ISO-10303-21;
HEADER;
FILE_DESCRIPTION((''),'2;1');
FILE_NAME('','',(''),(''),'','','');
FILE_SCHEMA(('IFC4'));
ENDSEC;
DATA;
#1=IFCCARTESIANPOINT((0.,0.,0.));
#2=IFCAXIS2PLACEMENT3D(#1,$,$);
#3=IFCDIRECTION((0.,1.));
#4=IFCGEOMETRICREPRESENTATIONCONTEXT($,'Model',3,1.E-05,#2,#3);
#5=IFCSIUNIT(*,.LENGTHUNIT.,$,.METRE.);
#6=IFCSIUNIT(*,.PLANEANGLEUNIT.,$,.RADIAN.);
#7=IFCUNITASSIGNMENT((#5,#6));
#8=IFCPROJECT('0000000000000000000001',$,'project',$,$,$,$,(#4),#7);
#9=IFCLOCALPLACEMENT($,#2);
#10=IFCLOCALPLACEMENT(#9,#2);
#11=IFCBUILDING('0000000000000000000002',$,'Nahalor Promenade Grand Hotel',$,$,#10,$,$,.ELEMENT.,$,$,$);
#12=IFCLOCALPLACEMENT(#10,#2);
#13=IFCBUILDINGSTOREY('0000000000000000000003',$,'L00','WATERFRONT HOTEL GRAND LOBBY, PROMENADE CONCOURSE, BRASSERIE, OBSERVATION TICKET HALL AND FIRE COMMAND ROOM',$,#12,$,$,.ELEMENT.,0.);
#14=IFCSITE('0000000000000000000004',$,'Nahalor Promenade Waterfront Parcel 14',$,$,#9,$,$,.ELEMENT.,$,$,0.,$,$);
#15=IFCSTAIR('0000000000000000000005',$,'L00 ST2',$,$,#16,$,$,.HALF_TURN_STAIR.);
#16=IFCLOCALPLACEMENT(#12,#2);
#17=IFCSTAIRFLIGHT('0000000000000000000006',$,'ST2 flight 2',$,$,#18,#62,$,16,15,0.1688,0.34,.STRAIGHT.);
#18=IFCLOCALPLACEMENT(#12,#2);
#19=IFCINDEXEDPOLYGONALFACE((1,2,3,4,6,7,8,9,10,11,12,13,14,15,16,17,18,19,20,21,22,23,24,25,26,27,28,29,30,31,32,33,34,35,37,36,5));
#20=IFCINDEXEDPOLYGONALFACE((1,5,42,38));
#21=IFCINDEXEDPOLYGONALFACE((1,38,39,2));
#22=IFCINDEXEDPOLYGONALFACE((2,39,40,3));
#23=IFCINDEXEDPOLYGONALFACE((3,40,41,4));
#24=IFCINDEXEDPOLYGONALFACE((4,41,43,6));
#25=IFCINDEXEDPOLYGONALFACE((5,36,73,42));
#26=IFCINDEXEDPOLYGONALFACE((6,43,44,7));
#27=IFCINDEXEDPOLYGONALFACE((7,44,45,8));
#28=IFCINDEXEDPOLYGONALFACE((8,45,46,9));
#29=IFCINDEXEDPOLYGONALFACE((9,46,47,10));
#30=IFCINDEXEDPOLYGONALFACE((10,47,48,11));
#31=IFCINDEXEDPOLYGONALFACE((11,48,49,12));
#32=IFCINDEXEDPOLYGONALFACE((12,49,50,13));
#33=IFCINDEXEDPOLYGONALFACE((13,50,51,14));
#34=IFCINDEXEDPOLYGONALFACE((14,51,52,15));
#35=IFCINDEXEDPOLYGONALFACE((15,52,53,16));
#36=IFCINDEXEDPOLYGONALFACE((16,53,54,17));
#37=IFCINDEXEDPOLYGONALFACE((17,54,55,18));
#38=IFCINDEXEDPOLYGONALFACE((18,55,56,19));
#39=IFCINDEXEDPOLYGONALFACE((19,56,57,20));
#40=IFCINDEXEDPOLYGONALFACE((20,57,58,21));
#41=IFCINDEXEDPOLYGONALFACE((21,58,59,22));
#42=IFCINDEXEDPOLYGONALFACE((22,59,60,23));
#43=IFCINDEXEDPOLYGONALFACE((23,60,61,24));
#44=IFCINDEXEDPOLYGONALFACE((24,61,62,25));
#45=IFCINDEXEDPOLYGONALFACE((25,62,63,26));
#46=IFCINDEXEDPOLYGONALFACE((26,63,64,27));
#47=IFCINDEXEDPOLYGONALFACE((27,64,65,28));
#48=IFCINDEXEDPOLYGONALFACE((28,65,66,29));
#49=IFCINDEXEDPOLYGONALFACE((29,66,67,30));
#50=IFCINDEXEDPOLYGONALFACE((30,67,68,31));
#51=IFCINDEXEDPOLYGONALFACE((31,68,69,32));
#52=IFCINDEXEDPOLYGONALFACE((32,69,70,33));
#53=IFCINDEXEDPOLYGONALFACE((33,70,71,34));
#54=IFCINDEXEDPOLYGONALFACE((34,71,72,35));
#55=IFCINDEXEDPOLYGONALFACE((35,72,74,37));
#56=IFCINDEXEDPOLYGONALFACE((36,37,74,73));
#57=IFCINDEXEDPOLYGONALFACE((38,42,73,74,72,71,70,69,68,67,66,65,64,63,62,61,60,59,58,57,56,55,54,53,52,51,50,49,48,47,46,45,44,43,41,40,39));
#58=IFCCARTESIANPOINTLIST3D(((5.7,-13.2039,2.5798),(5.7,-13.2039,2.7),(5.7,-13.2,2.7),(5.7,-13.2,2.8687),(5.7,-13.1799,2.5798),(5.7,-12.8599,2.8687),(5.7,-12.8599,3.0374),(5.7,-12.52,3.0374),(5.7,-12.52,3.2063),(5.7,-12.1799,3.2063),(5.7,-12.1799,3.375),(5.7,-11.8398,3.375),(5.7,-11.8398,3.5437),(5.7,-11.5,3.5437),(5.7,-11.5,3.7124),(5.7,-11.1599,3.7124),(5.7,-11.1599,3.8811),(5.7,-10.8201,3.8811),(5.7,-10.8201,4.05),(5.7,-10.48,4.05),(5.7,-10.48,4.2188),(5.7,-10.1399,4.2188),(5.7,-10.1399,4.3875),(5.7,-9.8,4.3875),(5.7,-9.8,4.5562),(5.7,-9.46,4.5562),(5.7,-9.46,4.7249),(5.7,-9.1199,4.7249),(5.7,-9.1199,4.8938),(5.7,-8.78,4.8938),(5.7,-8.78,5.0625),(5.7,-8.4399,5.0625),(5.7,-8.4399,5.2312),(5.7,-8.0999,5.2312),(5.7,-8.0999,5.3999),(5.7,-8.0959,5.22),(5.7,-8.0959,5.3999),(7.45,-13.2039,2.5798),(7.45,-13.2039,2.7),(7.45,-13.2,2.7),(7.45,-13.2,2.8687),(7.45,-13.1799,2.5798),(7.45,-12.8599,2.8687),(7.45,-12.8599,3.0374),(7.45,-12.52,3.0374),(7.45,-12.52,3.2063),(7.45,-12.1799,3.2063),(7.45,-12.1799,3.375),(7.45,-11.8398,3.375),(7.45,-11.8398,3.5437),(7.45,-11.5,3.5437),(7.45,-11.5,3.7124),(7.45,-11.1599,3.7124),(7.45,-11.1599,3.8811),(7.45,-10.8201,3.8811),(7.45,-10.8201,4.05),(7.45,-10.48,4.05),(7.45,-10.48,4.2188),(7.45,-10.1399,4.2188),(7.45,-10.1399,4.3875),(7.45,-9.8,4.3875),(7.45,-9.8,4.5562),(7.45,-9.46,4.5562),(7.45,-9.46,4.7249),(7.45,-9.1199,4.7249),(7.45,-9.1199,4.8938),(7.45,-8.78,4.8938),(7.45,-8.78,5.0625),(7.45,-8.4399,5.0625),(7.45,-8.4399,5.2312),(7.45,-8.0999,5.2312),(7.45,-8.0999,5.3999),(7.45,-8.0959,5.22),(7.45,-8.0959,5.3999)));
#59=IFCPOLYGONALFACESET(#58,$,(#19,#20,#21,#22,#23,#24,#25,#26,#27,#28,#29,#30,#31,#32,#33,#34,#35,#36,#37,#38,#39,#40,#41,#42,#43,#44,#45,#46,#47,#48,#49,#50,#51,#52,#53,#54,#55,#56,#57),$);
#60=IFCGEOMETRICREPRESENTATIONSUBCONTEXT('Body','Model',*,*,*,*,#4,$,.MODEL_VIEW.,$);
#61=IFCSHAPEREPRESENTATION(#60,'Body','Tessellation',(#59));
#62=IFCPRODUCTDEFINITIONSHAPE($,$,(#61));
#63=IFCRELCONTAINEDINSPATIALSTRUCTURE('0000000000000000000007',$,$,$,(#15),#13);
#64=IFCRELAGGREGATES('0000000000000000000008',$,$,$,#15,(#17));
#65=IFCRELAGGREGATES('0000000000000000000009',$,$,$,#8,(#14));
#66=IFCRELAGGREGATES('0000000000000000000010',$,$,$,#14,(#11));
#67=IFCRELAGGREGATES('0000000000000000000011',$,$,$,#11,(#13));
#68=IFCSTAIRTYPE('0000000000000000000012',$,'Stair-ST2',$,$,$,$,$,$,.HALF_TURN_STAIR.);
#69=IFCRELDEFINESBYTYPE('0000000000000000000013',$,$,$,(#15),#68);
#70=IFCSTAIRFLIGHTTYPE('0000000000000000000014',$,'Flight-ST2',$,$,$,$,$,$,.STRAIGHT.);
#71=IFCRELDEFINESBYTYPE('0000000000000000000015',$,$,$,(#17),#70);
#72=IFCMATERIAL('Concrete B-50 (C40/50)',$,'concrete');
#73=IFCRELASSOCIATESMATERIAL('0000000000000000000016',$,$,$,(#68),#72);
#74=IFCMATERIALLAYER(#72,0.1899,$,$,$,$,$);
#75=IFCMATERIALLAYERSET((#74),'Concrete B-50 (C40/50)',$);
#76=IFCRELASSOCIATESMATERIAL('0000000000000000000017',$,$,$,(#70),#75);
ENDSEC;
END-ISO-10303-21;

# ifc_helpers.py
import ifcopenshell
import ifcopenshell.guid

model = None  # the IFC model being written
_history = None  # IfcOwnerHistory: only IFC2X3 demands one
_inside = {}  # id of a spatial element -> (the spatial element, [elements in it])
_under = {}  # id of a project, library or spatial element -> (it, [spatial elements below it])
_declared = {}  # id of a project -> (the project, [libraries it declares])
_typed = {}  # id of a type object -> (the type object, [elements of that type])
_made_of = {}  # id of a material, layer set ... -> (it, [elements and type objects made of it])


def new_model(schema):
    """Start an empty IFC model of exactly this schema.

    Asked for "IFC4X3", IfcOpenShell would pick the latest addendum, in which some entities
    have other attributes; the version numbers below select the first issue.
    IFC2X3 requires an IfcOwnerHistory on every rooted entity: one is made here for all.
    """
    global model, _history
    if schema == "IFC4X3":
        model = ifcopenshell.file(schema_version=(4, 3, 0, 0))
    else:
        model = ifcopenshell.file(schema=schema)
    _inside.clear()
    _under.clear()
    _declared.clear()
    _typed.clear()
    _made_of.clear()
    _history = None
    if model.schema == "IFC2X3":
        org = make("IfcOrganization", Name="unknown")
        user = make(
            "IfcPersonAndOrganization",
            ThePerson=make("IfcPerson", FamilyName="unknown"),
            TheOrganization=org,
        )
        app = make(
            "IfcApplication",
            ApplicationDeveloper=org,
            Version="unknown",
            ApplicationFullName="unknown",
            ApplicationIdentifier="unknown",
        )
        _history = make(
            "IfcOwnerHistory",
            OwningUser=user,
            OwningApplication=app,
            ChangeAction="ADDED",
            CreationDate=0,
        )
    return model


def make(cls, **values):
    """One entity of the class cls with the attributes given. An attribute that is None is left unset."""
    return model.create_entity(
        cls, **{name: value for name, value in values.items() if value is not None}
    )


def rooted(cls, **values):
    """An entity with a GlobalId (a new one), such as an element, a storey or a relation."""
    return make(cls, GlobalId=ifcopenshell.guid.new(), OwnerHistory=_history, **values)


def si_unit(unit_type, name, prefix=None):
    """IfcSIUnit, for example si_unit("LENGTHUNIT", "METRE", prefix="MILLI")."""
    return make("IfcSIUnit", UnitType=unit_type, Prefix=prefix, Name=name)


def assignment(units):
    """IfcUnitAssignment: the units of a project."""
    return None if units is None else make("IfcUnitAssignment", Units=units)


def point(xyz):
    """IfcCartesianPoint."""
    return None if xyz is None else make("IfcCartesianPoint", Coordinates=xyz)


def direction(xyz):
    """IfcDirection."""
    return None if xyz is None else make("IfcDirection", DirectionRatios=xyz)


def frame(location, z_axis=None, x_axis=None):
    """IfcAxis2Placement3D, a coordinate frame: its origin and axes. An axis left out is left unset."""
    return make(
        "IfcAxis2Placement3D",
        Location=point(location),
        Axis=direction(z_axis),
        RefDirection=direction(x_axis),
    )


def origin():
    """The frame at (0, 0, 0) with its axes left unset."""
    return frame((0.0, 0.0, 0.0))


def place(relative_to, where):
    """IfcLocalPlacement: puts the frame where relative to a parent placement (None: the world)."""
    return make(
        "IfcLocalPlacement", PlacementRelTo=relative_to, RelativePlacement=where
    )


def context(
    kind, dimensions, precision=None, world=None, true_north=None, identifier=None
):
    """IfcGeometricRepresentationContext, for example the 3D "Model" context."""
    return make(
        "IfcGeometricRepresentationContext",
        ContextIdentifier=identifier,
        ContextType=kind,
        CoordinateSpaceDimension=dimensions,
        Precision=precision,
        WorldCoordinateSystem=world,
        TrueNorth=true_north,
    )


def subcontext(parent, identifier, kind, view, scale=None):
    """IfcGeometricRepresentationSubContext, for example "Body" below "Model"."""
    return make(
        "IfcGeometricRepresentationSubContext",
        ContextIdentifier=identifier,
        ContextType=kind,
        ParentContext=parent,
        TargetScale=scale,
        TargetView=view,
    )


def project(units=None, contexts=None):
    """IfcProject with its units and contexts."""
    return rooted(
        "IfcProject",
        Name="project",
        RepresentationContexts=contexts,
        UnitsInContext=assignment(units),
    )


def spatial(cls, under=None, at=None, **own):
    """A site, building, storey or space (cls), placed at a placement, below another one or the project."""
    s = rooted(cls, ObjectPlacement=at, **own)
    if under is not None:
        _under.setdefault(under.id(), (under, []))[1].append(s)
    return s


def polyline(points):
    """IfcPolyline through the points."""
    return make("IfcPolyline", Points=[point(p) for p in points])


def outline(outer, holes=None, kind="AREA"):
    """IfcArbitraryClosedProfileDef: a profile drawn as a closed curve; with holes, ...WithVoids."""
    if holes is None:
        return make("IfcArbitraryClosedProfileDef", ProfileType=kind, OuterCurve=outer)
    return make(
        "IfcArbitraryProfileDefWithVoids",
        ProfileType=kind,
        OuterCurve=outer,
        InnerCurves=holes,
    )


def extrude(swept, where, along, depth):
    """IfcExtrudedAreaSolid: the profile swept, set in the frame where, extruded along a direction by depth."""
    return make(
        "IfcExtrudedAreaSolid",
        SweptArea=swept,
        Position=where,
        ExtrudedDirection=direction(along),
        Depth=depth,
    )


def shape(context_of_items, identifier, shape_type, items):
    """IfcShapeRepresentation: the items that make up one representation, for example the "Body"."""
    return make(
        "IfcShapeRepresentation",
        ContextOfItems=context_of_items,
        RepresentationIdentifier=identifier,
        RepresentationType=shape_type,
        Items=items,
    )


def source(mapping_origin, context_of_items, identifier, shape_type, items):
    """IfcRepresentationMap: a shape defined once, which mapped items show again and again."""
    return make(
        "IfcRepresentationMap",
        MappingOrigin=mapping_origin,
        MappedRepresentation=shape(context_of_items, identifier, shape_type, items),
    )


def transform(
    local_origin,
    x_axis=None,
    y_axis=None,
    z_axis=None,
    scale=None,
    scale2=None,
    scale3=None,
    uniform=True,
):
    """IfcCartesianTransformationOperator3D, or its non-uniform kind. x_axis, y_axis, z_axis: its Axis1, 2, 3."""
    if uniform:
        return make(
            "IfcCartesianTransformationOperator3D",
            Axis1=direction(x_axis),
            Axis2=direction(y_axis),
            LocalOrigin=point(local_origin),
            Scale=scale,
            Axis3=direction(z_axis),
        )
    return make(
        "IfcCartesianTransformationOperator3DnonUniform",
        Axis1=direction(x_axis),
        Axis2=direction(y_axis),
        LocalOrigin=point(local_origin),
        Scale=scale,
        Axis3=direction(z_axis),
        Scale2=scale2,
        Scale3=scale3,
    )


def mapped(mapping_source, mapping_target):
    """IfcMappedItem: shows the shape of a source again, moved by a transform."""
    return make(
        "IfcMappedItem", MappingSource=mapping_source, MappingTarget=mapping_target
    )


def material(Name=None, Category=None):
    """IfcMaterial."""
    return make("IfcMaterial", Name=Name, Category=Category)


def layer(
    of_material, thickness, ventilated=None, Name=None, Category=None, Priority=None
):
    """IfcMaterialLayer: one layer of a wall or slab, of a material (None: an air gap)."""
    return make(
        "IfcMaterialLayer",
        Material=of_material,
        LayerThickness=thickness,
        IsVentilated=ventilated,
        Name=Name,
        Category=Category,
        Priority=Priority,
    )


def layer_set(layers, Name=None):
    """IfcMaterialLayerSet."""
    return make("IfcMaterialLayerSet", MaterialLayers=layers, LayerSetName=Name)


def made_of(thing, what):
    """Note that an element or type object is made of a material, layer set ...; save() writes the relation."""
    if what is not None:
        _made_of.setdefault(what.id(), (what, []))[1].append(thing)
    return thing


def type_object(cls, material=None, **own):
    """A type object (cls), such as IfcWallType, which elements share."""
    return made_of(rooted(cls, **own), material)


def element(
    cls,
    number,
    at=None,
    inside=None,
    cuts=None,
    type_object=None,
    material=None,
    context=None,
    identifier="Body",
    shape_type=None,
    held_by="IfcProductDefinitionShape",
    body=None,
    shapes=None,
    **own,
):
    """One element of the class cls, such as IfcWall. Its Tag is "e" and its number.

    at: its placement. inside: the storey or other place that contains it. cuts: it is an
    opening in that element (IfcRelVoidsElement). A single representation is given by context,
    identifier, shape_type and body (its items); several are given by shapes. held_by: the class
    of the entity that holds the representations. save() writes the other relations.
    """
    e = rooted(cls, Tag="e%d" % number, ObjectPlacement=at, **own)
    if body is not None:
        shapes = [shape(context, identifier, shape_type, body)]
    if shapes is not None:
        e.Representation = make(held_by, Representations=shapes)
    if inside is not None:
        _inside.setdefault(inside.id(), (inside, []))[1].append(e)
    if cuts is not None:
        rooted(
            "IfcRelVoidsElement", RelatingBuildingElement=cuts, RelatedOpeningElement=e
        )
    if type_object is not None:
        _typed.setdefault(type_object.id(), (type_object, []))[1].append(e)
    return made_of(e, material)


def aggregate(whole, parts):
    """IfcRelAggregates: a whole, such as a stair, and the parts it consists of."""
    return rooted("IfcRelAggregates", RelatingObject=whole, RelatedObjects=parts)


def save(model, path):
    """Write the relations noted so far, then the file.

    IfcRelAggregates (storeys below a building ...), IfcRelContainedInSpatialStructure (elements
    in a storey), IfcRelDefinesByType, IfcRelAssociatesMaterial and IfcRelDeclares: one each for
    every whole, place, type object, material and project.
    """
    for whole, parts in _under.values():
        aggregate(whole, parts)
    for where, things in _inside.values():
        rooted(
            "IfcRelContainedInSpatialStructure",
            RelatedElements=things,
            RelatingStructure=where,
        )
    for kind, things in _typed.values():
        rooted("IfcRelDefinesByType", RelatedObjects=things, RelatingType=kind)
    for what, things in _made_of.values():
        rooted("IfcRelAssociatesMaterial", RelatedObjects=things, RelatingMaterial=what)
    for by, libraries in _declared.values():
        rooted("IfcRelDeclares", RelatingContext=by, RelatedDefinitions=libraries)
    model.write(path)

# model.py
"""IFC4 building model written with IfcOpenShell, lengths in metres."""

from ifc_helpers import new_model, si_unit, direction, frame, origin, place, context, subcontext, project, spatial, polyline, outline, extrude, source, transform, mapped, material, layer, layer_set, type_object, element, aggregate, save


model = new_model("IFC4")

# Units and contexts
model_context = context("Model", 3, precision=1e-05, world=origin(), true_north=direction((0.0, 1.0)))
body_context = subcontext(model_context, "Body", "Model", "MODEL_VIEW")
ifc_project = project(units=[si_unit("LENGTHUNIT", "METRE"), si_unit("PLANEANGLEUNIT", "RADIAN")], contexts=[model_context])

# Site, building, storey
site_placement = place(None, origin())
site = spatial("IfcSite", under=ifc_project, at=site_placement, Name="Nahalor Promenade Waterfront Parcel 14", CompositionType="ELEMENT", RefElevation=0.0)
building_placement = place(site_placement, origin())
building = spatial("IfcBuilding", under=site, at=building_placement, Name="Nahalor Promenade Grand Hotel", CompositionType="ELEMENT")
storey_placement = place(building_placement, origin())
storey = spatial("IfcBuildingStorey", under=building, at=storey_placement, Name="L00", Description="WATERFRONT HOTEL GRAND LOBBY, PROMENADE CONCOURSE, BRASSERIE, OBSERVATION TICKET HALL AND FIRE COMMAND ROOM", CompositionType="ELEMENT", Elevation=0.0)

# Shared definitions
ifc_material_1 = material(Name="Concrete B-50 (C40/50)", Category="concrete")

# Stair, stair flight
stair_type = type_object("IfcStairType", Name="Stair-ST2", PredefinedType="HALF_TURN_STAIR", material=ifc_material_1)
stair_placement = place(storey_placement, origin())
stair = element("IfcStair", 1, at=stair_placement, inside=storey, type_object=stair_type, Name="L00 ST2", PredefinedType="HALF_TURN_STAIR")
ifc_layer_1 = layer(ifc_material_1, 0.1899)
ifc_layer_set_1 = layer_set([ifc_layer_1], Name="Concrete B-50 (C40/50)")
stair_flight_type = type_object("IfcStairFlightType", Name="Flight-ST2", PredefinedType="STRAIGHT", material=ifc_layer_set_1)
shared_shape_1 = source(origin(), body_context, "Body", "SweptSolid", [
    extrude(outline(polyline([(-0.0039, -0.1201), (-0.0039, 0.0), (0.0, 0.0), (0.0, 0.1687), (0.3401, 0.1687), (0.3401, 0.3374), (0.6799, 0.3374), (0.6799, 0.5063), (1.02, 0.5063), (1.02, 0.675), (1.3601, 0.675), (1.3601, 0.8438), (1.7, 0.8438), (1.7, 1.0125), (2.04, 1.0125), (2.04, 1.1812), (2.3799, 1.1812), (2.3799, 1.3501), (2.72, 1.3501), (2.72, 1.5188), (3.0601, 1.5188), (3.0601, 1.6875), (3.3999, 1.6875), (3.3999, 1.8562), (3.74, 1.8562), (3.74, 2.0249), (4.0801, 2.0249), (4.0801, 2.1938), (4.4199, 2.1938), (4.4199, 2.3625), (4.76, 2.3625), (4.76, 2.5312), (5.1001, 2.5312), (5.1001, 2.7), (5.104, 2.7), (5.104, 2.52), (0.02, -0.1201), (-0.0039, -0.1201)])), frame((0.0, 0.875, 0.0), z_axis=(0.0, -1.0, 0.0), x_axis=(1.0, 0.0, 0.0)), (0.0, 0.0, 1.0), 1.75),
])
stair_flight_1_placement = place(storey_placement, frame((6.575, -13.2, 2.7), z_axis=(0.0, 0.0, 1.0), x_axis=(0.0, 1.0, 0.0)))
stair_flight_1 = element("IfcStairFlight", 2, at=stair_flight_1_placement, type_object=stair_flight_type, Name="ST2 flight 2", NumberOfRisers=16, NumberOfTreads=15, PredefinedType="STRAIGHT", RiserHeight=0.1688, TreadLength=0.34, context=body_context, shape_type="MappedRepresentation", body=[
    mapped(shared_shape_1, transform((0.0, 0.0, 0.0), scale=1.0)),
])
aggregate(stair, [stair_flight_1])

save(model, "model.ifc")
